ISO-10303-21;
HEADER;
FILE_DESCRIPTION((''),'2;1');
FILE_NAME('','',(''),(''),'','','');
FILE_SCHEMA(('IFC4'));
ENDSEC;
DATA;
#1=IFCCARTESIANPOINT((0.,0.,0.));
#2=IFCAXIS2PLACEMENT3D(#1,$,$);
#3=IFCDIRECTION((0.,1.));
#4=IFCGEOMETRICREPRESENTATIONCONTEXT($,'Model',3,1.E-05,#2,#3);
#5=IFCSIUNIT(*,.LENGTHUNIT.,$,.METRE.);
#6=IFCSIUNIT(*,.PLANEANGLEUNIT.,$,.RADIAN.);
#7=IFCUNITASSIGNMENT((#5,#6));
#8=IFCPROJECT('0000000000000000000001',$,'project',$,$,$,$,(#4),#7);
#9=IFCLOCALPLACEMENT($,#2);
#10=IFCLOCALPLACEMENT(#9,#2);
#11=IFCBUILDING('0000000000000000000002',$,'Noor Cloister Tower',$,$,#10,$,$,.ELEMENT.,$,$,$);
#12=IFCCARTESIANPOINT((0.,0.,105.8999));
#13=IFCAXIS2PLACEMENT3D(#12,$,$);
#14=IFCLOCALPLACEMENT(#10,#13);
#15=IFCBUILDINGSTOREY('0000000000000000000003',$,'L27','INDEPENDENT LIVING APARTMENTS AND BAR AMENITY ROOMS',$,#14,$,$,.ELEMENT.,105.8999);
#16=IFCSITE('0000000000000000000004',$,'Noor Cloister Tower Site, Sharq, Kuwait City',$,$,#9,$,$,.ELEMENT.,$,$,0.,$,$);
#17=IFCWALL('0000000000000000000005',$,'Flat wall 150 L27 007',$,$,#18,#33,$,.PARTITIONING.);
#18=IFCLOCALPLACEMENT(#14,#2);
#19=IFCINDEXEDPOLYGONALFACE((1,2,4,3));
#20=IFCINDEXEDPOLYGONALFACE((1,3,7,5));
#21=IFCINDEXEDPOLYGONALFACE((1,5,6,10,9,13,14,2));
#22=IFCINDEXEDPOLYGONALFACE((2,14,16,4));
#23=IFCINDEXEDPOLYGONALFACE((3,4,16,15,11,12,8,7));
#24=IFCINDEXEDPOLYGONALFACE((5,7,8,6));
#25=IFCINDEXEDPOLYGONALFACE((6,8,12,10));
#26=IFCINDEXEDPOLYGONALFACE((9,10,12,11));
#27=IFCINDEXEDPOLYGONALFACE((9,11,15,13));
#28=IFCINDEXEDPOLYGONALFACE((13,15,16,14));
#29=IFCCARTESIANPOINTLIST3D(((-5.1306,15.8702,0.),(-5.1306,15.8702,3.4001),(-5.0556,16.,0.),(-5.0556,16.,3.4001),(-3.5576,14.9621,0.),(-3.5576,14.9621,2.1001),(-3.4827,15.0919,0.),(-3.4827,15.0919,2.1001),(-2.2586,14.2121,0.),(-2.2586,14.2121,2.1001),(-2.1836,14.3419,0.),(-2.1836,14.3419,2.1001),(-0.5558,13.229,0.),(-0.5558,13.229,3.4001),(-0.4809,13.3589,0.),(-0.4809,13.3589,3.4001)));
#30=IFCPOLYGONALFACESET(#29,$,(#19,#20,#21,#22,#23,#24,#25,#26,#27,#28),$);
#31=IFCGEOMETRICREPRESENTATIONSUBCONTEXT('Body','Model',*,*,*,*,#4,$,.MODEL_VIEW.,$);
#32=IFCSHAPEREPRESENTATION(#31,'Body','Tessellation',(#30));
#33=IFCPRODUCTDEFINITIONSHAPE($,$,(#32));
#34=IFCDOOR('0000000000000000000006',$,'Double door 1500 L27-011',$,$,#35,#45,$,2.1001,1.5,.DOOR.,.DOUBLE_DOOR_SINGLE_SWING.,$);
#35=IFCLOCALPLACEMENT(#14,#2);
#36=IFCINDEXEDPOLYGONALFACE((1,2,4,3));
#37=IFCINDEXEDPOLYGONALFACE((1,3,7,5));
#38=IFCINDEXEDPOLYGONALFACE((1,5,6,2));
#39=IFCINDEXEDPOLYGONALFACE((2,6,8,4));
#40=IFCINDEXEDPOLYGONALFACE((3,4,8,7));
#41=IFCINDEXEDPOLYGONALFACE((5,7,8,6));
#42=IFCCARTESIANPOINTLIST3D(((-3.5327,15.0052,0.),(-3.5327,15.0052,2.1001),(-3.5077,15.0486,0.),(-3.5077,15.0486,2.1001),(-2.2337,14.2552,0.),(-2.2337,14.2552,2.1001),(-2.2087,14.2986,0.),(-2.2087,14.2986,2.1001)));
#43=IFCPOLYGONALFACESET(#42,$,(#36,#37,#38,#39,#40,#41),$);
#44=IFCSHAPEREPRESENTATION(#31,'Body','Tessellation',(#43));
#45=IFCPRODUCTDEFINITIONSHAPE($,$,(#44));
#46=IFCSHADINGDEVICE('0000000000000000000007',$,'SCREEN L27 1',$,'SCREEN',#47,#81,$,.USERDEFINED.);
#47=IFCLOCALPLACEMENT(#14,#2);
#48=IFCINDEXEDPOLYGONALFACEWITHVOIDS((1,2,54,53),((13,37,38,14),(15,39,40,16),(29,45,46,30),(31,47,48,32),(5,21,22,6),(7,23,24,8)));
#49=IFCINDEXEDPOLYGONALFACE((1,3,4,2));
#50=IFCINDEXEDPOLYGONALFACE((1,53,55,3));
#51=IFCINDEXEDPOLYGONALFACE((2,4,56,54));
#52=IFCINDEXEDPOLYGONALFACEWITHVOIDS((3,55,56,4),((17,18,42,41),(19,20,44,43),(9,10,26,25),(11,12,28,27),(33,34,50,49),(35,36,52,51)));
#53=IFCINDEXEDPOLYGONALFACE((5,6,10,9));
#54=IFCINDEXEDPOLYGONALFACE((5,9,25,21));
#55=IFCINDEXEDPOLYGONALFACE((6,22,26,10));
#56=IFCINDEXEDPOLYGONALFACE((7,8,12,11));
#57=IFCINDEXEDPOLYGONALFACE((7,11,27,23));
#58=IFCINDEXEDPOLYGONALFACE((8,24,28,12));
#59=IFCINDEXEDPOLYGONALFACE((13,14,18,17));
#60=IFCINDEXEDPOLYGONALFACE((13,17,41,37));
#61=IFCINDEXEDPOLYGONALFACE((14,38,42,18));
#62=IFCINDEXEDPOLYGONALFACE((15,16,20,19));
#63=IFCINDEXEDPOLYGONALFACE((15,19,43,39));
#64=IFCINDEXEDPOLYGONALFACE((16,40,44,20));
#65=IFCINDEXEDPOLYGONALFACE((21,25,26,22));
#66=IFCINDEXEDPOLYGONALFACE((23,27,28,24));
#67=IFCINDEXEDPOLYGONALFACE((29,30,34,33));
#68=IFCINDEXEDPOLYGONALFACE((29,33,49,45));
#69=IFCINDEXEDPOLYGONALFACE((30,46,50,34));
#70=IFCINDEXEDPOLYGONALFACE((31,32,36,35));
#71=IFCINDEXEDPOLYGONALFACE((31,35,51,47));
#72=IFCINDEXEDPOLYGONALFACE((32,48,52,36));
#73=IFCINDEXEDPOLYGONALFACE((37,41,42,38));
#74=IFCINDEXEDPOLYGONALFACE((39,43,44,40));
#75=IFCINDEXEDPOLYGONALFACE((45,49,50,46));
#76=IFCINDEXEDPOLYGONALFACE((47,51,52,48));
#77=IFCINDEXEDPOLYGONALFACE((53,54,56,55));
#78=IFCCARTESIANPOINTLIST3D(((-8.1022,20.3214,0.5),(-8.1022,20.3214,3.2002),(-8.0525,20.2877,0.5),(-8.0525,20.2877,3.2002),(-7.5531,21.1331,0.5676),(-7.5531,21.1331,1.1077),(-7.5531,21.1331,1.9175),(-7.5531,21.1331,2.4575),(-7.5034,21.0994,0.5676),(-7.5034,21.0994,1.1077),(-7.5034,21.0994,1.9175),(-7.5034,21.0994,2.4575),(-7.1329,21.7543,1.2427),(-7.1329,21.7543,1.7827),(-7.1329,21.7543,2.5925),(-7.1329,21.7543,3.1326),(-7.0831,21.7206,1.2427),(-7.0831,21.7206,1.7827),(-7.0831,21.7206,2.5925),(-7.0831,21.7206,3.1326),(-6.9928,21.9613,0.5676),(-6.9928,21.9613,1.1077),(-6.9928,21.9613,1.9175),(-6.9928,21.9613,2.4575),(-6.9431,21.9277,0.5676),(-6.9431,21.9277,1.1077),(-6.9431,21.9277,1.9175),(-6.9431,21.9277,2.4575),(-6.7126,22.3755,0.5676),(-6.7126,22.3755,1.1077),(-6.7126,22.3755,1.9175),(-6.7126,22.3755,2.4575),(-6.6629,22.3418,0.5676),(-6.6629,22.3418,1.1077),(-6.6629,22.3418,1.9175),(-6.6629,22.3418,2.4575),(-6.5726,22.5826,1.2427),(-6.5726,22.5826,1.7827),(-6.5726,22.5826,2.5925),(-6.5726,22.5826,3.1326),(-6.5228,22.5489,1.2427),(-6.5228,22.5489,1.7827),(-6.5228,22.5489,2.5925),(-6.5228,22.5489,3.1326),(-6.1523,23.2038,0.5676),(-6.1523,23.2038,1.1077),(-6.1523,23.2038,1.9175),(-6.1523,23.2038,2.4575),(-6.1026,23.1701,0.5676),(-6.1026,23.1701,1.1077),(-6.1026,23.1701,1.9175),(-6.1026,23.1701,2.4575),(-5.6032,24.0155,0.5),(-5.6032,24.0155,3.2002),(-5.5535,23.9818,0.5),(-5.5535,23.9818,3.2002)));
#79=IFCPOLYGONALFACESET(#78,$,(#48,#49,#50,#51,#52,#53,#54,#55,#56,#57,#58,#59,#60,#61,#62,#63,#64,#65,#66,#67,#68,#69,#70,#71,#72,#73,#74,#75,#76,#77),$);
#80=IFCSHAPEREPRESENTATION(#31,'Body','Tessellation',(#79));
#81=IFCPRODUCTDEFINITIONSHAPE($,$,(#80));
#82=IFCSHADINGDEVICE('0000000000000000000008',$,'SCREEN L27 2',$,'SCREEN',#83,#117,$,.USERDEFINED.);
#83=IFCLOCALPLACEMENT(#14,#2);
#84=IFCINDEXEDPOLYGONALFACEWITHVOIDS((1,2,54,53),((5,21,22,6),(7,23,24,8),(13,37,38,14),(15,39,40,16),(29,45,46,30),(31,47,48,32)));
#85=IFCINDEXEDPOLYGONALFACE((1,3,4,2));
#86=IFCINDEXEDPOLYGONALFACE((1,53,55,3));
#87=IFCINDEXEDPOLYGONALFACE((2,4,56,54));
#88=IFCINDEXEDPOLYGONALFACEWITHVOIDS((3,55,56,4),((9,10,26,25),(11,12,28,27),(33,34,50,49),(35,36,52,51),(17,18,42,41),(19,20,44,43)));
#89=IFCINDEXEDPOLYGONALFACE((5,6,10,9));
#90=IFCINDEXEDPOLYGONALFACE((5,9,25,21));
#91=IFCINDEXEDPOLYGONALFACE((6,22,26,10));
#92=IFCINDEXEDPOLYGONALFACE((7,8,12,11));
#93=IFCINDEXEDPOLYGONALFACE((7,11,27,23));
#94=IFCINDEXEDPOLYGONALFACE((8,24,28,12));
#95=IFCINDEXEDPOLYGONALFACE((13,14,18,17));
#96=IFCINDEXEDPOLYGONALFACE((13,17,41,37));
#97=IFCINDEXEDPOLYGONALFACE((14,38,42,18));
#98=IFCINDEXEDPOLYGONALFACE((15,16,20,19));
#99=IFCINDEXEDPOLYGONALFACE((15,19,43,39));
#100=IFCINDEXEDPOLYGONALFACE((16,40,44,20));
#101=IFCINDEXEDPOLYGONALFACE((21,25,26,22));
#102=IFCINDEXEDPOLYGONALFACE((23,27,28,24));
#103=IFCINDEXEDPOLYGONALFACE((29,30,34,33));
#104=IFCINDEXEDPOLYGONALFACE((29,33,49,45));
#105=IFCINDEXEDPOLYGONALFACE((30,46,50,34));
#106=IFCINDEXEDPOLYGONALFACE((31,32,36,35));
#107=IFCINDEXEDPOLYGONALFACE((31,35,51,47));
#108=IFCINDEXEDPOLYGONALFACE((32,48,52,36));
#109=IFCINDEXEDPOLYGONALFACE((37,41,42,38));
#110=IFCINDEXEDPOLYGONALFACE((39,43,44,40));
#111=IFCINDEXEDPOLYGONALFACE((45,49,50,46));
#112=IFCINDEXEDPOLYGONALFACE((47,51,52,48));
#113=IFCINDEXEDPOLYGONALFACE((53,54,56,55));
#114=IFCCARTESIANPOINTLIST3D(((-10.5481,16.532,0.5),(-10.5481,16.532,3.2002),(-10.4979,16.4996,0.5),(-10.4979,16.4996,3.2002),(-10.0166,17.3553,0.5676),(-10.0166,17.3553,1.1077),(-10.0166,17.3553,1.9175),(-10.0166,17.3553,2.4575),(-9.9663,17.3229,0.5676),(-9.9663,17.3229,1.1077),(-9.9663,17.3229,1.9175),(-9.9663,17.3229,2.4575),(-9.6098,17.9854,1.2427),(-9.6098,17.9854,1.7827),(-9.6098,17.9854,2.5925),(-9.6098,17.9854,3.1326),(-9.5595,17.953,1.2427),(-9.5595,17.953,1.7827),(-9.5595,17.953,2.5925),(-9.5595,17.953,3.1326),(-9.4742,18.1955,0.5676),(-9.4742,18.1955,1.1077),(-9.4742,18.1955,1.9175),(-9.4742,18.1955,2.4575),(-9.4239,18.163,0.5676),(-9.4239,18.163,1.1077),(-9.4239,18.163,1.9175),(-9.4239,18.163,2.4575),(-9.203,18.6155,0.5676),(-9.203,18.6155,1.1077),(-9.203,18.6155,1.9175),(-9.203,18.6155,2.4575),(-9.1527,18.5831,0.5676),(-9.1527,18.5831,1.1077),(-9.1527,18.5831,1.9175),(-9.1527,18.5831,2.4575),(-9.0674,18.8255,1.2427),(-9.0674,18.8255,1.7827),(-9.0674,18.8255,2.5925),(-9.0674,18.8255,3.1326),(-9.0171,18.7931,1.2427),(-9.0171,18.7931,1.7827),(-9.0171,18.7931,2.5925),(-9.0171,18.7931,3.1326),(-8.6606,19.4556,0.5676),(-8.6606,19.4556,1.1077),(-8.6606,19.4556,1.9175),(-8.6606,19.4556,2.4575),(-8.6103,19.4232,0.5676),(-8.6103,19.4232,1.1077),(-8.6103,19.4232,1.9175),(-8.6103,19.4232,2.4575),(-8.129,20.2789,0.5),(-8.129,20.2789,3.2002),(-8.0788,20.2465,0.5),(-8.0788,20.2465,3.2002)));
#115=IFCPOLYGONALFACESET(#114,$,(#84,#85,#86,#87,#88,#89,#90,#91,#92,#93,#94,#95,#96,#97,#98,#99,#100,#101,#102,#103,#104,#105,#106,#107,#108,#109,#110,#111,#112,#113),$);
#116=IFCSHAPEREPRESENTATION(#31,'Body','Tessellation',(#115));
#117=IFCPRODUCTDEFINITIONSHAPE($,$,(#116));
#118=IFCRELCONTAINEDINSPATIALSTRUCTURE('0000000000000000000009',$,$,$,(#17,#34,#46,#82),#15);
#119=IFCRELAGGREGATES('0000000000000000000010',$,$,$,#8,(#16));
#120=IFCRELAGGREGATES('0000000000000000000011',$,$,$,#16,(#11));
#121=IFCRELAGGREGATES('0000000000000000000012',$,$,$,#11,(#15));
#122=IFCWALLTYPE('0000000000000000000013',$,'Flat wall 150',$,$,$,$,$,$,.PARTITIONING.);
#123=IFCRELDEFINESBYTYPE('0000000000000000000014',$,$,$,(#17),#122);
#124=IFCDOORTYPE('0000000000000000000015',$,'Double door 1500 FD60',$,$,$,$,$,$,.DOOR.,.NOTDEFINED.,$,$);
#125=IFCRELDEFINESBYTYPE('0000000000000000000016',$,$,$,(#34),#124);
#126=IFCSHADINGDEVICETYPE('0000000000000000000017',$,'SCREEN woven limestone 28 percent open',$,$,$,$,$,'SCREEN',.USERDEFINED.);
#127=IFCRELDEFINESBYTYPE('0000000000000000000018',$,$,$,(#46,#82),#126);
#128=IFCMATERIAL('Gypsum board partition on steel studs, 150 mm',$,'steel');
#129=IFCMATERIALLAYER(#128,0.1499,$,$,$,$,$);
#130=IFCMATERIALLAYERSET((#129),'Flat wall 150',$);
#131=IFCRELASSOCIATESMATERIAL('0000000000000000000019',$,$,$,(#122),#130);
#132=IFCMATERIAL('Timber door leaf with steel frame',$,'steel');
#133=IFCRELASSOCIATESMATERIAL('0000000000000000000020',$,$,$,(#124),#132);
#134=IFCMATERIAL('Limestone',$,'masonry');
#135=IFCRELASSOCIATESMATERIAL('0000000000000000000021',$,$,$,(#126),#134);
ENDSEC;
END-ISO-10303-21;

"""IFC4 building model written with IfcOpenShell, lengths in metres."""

from ifc_helpers import new_model, si_unit, direction, frame, frame_2d, origin, place, context, subcontext, project, spatial, polyline, rectangle, outline, extrude, material, layer, layer_set, material_profile, profile_set, type_object, element, fill, save


model = new_model("IFC4")

# Units and contexts
model_context = context("Model", 3, precision=1e-05, world=origin(), true_north=direction((0.0, 1.0)))
body_context = subcontext(model_context, "Body", "Model", "MODEL_VIEW")
ifc_project = project(units=[si_unit("LENGTHUNIT", "METRE"), si_unit("PLANEANGLEUNIT", "RADIAN")], contexts=[model_context])

# Site, building, storey
site_placement = place(None, origin())
site = spatial("IfcSite", under=ifc_project, at=site_placement, Name="Noor Cloister Tower Site, Sharq, Kuwait City", CompositionType="ELEMENT", RefElevation=0.0)
building_placement = place(site_placement, origin())
building = spatial("IfcBuilding", under=site, at=building_placement, Name="Noor Cloister Tower", CompositionType="ELEMENT")
storey_placement = place(building_placement, frame((0.0, 0.0, 105.8999)))
storey = spatial("IfcBuildingStorey", under=building, at=storey_placement, Name="L27", Description="INDEPENDENT LIVING APARTMENTS AND BAR AMENITY ROOMS", CompositionType="ELEMENT", Elevation=105.8999)

# Wall, opening, door
ifc_material_1 = material(Name="Gypsum board partition on steel studs, 150 mm", Category="steel")
ifc_layer_1 = layer(ifc_material_1, 0.1499)
ifc_layer_set_1 = layer_set([ifc_layer_1], Name="Flat wall 150")
wall_type = type_object("IfcWallType", Name="Flat wall 150", PredefinedType="PARTITIONING", material=ifc_layer_set_1)
wall_placement = place(storey_placement, frame((-5.093, 15.9351, 0.0), z_axis=(0.0, 0.0, 1.0), x_axis=(0.866033, -0.499987, 0.0)))
wall = element("IfcWall", 1, at=wall_placement, inside=storey, type_object=wall_type, Name="Flat wall 150 L27 007", PredefinedType="PARTITIONING", context=body_context, shape_type="SweptSolid", body=[
    extrude(rectangle(XDim=5.2825, YDim=0.1499, at=frame_2d((2.6411, 0.0))), origin(), (0.0, 0.0, 1.0), 3.4001),
])
opening_placement = place(wall_placement, frame((1.8162, 0.0, 0.0)))
opening = element("IfcOpeningElement", 2, at=opening_placement, cuts=wall, PredefinedType="OPENING", context=body_context, shape_type="SweptSolid", body=[
    extrude(rectangle(XDim=1.5, YDim=2.1001, at=frame_2d((0.75, 1.05))), frame((0.0, 0.085, 0.0), z_axis=(0.0, -1.0, 0.0), x_axis=(1.0, 0.0, 0.0)), (0.0, 0.0, 1.0), 0.1699),
])
ifc_material_2 = material(Name="Timber door leaf with steel frame", Category="steel")
door_type = type_object("IfcDoorType", Name="Double door 1500 FD60", OperationType="NOTDEFINED", PredefinedType="DOOR", material=ifc_material_2)
door_placement = place(opening_placement, origin())
door = element("IfcDoor", 3, at=door_placement, inside=storey, type_object=door_type, Name="Double door 1500 L27-011", OperationType="DOUBLE_DOOR_SINGLE_SWING", OverallHeight=2.1001, OverallWidth=1.5, PredefinedType="DOOR", context=body_context, shape_type="SweptSolid", body=[
    extrude(rectangle(XDim=1.5, YDim=2.1001, at=frame_2d((0.75, 1.05))), frame((0.0, 0.0249, 0.0), z_axis=(0.0, -1.0, 0.0), x_axis=(1.0, 0.0, 0.0)), (0.0, 0.0, 1.0), 0.05),
])
fill(opening, door)

# Shading devices
ifc_material_3 = material(Name="Limestone", Category="masonry")
ifc_material_profile_1 = material_profile(ifc_material_3, outline(polyline([(-2.23, -1.3501), (2.23, -1.3501), (2.23, 1.3501), (-2.23, 1.3501), (-2.23, -1.3501)]), holes=[polyline([(-1.25, -1.2825), (-0.25, -1.2825), (-0.25, -0.7424), (-1.25, -0.7424), (-1.25, -1.2825)]), polyline([(0.25, -1.2825), (1.25, -1.2825), (1.25, -0.7424), (0.25, -0.7424), (0.25, -1.2825)]), polyline([(-0.5, -0.6074), (0.5, -0.6074), (0.5, -0.0674), (-0.5, -0.0674), (-0.5, -0.6074)]), polyline([(-1.25, 0.0674), (-0.25, 0.0674), (-0.25, 0.6074), (-1.25, 0.6074), (-1.25, 0.0674)]), polyline([(0.25, 0.0674), (1.25, 0.0674), (1.25, 0.6074), (0.25, 0.6074), (0.25, 0.0674)]), polyline([(-0.5, 0.7424), (0.5, 0.7424), (0.5, 1.2825), (-0.5, 1.2825), (-0.5, 0.7424)])]), Name="Woven screen 28 percent open")
ifc_profile_set_1 = profile_set([ifc_material_profile_1], Name="Limestone")
shading_device_type = type_object("IfcShadingDeviceType", Name="SCREEN woven limestone 28 percent open", ElementType="SCREEN", PredefinedType="USERDEFINED", material=ifc_profile_set_1)
shading_device_1_placement = place(storey_placement, frame((-6.803, 22.1348, 1.8501), z_axis=(-0.828283, 0.560309, 0.0), x_axis=(-0.560309, -0.828283, 0.0)))
element("IfcShadingDevice", 4, at=shading_device_1_placement, inside=storey, type_object=shading_device_type, Name="SCREEN L27 1", ObjectType="SCREEN", PredefinedType="USERDEFINED", context=body_context, shape_type="SweptSolid", body=[
    extrude(outline(polyline([(-2.23, -1.3501), (2.23, -1.3501), (2.23, 1.3501), (-2.23, 1.3501), (-2.23, -1.3501)]), holes=[polyline([(-1.25, -1.2825), (-0.25, -1.2825), (-0.25, -0.7424), (-1.25, -0.7424), (-1.25, -1.2825)]), polyline([(0.25, -1.2825), (1.25, -1.2825), (1.25, -0.7424), (0.25, -0.7424), (0.25, -1.2825)]), polyline([(-0.5, -0.6074), (0.5, -0.6074), (0.5, -0.0674), (-0.5, -0.0674), (-0.5, -0.6074)]), polyline([(-1.25, 0.0674), (-0.25, 0.0674), (-0.25, 0.6074), (-1.25, 0.6074), (-1.25, 0.0674)]), polyline([(0.25, 0.0674), (1.25, 0.0674), (1.25, 0.6074), (0.25, 0.6074), (0.25, 0.0674)]), polyline([(-0.5, 0.7424), (0.5, 0.7424), (0.5, 1.2825), (-0.5, 1.2825), (-0.5, 0.7424)])]), origin(), (0.0, 0.0, 1.0), 0.0601),
])
shading_device_2_placement = place(storey_placement, frame((-9.2883, 18.373, 1.8501), z_axis=(-0.840117, 0.542406, 0.0), x_axis=(-0.542406, -0.840117, 0.0)))
element("IfcShadingDevice", 5, at=shading_device_2_placement, inside=storey, type_object=shading_device_type, Name="SCREEN L27 2", ObjectType="SCREEN", PredefinedType="USERDEFINED", context=body_context, shape_type="SweptSolid", body=[
    extrude(outline(polyline([(-2.23, -1.3501), (2.23, -1.3501), (2.23, 1.3501), (-2.23, 1.3501), (-2.23, -1.3501)]), holes=[polyline([(-1.25, -1.2825), (-0.25, -1.2825), (-0.25, -0.7424), (-1.25, -0.7424), (-1.25, -1.2825)]), polyline([(0.25, -1.2825), (1.25, -1.2825), (1.25, -0.7424), (0.25, -0.7424), (0.25, -1.2825)]), polyline([(-0.5, -0.6074), (0.5, -0.6074), (0.5, -0.0674), (-0.5, -0.0674), (-0.5, -0.6074)]), polyline([(-1.25, 0.0674), (-0.25, 0.0674), (-0.25, 0.6074), (-1.25, 0.6074), (-1.25, 0.0674)]), polyline([(0.25, 0.0674), (1.25, 0.0674), (1.25, 0.6074), (0.25, 0.6074), (0.25, 0.0674)]), polyline([(-0.5, 0.7424), (0.5, 0.7424), (0.5, 1.2825), (-0.5, 1.2825), (-0.5, 0.7424)])]), origin(), (0.0, 0.0, 1.0), 0.0598),
])

save(model, "model.ifc")
